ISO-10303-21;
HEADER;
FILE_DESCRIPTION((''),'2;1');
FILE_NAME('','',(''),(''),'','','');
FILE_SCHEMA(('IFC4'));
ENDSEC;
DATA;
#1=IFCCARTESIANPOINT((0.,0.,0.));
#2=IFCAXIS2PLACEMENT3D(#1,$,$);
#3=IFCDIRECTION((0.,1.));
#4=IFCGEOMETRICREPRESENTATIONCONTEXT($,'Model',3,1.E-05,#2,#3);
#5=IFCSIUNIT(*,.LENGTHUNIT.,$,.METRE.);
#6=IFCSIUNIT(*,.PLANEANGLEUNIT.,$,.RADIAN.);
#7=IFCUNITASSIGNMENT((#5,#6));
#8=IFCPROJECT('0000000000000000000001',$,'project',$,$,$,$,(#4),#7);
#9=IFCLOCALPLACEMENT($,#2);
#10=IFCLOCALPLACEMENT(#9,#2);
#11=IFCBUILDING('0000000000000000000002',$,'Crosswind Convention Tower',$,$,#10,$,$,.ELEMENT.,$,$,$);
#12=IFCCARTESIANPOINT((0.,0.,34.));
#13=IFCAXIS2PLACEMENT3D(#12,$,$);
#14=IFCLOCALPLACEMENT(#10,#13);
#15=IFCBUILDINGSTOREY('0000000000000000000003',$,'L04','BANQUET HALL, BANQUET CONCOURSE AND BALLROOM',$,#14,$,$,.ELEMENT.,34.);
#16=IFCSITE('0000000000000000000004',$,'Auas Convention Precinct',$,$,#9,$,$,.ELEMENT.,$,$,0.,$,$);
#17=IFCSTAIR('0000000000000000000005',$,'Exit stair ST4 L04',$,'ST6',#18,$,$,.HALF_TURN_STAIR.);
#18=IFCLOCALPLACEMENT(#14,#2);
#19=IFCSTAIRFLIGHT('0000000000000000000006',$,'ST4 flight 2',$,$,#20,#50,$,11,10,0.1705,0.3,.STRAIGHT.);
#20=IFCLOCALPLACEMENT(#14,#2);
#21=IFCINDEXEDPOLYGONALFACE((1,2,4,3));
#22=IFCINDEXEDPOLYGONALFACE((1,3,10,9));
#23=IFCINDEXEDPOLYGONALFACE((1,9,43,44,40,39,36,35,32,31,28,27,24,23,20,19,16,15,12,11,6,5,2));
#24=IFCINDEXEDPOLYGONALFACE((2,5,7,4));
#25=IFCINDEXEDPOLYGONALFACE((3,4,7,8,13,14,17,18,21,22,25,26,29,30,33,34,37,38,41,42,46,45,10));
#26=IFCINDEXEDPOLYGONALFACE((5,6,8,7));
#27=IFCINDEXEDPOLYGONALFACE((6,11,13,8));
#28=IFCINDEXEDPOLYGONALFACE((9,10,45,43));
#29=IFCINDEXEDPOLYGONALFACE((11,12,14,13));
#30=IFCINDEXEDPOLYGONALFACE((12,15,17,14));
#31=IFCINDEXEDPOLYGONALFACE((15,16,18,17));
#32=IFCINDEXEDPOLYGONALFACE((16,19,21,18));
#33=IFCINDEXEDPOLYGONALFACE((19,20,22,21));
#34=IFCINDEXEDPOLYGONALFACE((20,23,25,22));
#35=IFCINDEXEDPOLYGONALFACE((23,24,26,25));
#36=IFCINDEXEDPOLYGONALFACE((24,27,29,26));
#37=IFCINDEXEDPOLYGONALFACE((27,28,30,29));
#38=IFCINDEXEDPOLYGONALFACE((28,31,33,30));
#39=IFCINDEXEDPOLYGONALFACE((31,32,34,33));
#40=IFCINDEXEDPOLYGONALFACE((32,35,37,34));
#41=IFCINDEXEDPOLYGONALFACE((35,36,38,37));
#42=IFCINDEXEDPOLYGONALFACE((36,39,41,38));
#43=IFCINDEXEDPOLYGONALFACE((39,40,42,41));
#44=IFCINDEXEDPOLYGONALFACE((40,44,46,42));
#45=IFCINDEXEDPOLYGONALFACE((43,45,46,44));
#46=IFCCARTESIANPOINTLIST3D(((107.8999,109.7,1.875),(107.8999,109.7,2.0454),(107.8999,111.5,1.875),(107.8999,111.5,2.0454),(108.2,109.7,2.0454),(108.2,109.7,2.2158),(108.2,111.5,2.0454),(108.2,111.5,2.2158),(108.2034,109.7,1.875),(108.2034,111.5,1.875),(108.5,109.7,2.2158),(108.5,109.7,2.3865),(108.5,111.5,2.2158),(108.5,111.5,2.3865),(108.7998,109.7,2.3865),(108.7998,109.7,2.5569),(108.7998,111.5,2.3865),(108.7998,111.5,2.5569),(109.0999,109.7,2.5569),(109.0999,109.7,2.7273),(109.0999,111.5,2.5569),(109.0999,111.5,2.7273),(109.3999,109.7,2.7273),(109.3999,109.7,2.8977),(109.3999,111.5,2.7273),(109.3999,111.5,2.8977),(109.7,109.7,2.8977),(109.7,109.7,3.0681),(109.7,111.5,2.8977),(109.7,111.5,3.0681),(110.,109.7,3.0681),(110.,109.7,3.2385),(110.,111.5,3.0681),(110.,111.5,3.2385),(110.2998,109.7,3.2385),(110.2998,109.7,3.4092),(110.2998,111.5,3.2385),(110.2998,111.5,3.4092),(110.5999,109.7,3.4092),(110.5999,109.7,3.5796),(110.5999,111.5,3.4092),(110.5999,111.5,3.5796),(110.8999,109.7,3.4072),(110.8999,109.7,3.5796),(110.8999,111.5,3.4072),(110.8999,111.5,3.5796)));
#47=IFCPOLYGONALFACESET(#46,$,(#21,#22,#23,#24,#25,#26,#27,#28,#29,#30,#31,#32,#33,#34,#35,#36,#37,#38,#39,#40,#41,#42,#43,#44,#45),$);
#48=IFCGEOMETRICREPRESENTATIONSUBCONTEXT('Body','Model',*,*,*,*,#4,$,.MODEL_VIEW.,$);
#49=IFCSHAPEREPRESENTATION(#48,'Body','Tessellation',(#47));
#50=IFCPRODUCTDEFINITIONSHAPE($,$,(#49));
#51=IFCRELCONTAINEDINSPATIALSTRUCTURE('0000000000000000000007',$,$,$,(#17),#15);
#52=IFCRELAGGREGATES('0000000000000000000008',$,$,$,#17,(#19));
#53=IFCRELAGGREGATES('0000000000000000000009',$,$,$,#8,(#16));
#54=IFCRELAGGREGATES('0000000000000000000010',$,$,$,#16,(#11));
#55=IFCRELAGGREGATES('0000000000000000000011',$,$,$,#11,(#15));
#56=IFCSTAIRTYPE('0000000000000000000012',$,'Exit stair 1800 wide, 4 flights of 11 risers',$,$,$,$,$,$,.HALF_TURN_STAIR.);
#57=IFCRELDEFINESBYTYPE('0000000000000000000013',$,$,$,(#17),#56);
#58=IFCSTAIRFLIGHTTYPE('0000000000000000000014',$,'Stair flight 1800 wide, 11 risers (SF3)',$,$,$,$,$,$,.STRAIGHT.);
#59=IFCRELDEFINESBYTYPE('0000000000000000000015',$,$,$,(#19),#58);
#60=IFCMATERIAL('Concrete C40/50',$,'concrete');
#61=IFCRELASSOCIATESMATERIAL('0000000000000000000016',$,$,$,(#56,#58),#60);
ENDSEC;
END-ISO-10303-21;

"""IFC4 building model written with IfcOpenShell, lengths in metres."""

from ifc_helpers import new_model, si_unit, direction, frame, origin, place, context, subcontext, project, spatial, polyline, outline, extrude, material, type_object, element, aggregate, save


model = new_model("IFC4")

# Units and contexts
model_context = context("Model", 3, precision=1e-05, world=origin(), true_north=direction((0.0, 1.0)))
body_context = subcontext(model_context, "Body", "Model", "MODEL_VIEW")
ifc_project = project(units=[si_unit("LENGTHUNIT", "METRE"), si_unit("PLANEANGLEUNIT", "RADIAN")], contexts=[model_context])

# Site, building, storey
site_placement = place(None, origin())
site = spatial("IfcSite", under=ifc_project, at=site_placement, Name="Auas Convention Precinct", CompositionType="ELEMENT", RefElevation=0.0)
building_placement = place(site_placement, origin())
building = spatial("IfcBuilding", under=site, at=building_placement, Name="Crosswind Convention Tower", CompositionType="ELEMENT")
storey_placement = place(building_placement, frame((0.0, 0.0, 34.0)))
storey = spatial("IfcBuildingStorey", under=building, at=storey_placement, Name="L04", Description="BANQUET HALL, BANQUET CONCOURSE AND BALLROOM", CompositionType="ELEMENT", Elevation=34.0)

# Shared definitions
ifc_material_1 = material(Name="Concrete C40/50", Category="concrete")

# Stair, stair flight
stair_type = type_object("IfcStairType", Name="Exit stair 1800 wide, 4 flights of 11 risers", PredefinedType="HALF_TURN_STAIR", material=ifc_material_1)
stair_placement = place(storey_placement, origin())
stair = element("IfcStair", 1, at=stair_placement, inside=storey, type_object=stair_type, Name="Exit stair ST4 L04", ObjectType="ST6", PredefinedType="HALF_TURN_STAIR")
stair_flight_type = type_object("IfcStairFlightType", Name="Stair flight 1800 wide, 11 risers (SF3)", PredefinedType="STRAIGHT", material=ifc_material_1)
stair_flight_placement = place(storey_placement, frame((107.8999, 110.6001, 1.875), z_axis=(0.0, 0.0, 1.0), x_axis=(1.0, 0.0, 0.0)))
stair_flight = element("IfcStairFlight", 2, at=stair_flight_placement, type_object=stair_flight_type, Name="ST4 flight 2", NumberOfRisers=11, NumberOfTreads=10, PredefinedType="STRAIGHT", RiserHeight=0.1705, TreadLength=0.3, context=body_context, shape_type="SweptSolid", body=[
    extrude(outline(polyline([(0.0, 0.0), (0.0, 0.1704), (0.3, 0.1704), (0.3, 0.3408), (0.6001, 0.3408), (0.6001, 0.5115), (0.8999, 0.5115), (0.8999, 0.6819), (1.2, 0.6819), (1.2, 0.8523), (1.5, 0.8523), (1.5, 1.0227), (1.8, 1.0227), (1.8, 1.1931), (2.1001, 1.1931), (2.1001, 1.3635), (2.3999, 1.3635), (2.3999, 1.5342), (2.7, 1.5342), (2.7, 1.7046), (3.0, 1.7046), (3.0, 1.875), (3.0, 1.5322), (0.3035, 0.0), (0.0, 0.0)])), frame((0.0, 0.8999, 0.0), z_axis=(0.0, -1.0, 0.0), x_axis=(1.0, 0.0, 0.0)), (0.0, 0.0, 1.0), 1.8),
])
aggregate(stair, [stair_flight])

save(model, "model.ifc")
